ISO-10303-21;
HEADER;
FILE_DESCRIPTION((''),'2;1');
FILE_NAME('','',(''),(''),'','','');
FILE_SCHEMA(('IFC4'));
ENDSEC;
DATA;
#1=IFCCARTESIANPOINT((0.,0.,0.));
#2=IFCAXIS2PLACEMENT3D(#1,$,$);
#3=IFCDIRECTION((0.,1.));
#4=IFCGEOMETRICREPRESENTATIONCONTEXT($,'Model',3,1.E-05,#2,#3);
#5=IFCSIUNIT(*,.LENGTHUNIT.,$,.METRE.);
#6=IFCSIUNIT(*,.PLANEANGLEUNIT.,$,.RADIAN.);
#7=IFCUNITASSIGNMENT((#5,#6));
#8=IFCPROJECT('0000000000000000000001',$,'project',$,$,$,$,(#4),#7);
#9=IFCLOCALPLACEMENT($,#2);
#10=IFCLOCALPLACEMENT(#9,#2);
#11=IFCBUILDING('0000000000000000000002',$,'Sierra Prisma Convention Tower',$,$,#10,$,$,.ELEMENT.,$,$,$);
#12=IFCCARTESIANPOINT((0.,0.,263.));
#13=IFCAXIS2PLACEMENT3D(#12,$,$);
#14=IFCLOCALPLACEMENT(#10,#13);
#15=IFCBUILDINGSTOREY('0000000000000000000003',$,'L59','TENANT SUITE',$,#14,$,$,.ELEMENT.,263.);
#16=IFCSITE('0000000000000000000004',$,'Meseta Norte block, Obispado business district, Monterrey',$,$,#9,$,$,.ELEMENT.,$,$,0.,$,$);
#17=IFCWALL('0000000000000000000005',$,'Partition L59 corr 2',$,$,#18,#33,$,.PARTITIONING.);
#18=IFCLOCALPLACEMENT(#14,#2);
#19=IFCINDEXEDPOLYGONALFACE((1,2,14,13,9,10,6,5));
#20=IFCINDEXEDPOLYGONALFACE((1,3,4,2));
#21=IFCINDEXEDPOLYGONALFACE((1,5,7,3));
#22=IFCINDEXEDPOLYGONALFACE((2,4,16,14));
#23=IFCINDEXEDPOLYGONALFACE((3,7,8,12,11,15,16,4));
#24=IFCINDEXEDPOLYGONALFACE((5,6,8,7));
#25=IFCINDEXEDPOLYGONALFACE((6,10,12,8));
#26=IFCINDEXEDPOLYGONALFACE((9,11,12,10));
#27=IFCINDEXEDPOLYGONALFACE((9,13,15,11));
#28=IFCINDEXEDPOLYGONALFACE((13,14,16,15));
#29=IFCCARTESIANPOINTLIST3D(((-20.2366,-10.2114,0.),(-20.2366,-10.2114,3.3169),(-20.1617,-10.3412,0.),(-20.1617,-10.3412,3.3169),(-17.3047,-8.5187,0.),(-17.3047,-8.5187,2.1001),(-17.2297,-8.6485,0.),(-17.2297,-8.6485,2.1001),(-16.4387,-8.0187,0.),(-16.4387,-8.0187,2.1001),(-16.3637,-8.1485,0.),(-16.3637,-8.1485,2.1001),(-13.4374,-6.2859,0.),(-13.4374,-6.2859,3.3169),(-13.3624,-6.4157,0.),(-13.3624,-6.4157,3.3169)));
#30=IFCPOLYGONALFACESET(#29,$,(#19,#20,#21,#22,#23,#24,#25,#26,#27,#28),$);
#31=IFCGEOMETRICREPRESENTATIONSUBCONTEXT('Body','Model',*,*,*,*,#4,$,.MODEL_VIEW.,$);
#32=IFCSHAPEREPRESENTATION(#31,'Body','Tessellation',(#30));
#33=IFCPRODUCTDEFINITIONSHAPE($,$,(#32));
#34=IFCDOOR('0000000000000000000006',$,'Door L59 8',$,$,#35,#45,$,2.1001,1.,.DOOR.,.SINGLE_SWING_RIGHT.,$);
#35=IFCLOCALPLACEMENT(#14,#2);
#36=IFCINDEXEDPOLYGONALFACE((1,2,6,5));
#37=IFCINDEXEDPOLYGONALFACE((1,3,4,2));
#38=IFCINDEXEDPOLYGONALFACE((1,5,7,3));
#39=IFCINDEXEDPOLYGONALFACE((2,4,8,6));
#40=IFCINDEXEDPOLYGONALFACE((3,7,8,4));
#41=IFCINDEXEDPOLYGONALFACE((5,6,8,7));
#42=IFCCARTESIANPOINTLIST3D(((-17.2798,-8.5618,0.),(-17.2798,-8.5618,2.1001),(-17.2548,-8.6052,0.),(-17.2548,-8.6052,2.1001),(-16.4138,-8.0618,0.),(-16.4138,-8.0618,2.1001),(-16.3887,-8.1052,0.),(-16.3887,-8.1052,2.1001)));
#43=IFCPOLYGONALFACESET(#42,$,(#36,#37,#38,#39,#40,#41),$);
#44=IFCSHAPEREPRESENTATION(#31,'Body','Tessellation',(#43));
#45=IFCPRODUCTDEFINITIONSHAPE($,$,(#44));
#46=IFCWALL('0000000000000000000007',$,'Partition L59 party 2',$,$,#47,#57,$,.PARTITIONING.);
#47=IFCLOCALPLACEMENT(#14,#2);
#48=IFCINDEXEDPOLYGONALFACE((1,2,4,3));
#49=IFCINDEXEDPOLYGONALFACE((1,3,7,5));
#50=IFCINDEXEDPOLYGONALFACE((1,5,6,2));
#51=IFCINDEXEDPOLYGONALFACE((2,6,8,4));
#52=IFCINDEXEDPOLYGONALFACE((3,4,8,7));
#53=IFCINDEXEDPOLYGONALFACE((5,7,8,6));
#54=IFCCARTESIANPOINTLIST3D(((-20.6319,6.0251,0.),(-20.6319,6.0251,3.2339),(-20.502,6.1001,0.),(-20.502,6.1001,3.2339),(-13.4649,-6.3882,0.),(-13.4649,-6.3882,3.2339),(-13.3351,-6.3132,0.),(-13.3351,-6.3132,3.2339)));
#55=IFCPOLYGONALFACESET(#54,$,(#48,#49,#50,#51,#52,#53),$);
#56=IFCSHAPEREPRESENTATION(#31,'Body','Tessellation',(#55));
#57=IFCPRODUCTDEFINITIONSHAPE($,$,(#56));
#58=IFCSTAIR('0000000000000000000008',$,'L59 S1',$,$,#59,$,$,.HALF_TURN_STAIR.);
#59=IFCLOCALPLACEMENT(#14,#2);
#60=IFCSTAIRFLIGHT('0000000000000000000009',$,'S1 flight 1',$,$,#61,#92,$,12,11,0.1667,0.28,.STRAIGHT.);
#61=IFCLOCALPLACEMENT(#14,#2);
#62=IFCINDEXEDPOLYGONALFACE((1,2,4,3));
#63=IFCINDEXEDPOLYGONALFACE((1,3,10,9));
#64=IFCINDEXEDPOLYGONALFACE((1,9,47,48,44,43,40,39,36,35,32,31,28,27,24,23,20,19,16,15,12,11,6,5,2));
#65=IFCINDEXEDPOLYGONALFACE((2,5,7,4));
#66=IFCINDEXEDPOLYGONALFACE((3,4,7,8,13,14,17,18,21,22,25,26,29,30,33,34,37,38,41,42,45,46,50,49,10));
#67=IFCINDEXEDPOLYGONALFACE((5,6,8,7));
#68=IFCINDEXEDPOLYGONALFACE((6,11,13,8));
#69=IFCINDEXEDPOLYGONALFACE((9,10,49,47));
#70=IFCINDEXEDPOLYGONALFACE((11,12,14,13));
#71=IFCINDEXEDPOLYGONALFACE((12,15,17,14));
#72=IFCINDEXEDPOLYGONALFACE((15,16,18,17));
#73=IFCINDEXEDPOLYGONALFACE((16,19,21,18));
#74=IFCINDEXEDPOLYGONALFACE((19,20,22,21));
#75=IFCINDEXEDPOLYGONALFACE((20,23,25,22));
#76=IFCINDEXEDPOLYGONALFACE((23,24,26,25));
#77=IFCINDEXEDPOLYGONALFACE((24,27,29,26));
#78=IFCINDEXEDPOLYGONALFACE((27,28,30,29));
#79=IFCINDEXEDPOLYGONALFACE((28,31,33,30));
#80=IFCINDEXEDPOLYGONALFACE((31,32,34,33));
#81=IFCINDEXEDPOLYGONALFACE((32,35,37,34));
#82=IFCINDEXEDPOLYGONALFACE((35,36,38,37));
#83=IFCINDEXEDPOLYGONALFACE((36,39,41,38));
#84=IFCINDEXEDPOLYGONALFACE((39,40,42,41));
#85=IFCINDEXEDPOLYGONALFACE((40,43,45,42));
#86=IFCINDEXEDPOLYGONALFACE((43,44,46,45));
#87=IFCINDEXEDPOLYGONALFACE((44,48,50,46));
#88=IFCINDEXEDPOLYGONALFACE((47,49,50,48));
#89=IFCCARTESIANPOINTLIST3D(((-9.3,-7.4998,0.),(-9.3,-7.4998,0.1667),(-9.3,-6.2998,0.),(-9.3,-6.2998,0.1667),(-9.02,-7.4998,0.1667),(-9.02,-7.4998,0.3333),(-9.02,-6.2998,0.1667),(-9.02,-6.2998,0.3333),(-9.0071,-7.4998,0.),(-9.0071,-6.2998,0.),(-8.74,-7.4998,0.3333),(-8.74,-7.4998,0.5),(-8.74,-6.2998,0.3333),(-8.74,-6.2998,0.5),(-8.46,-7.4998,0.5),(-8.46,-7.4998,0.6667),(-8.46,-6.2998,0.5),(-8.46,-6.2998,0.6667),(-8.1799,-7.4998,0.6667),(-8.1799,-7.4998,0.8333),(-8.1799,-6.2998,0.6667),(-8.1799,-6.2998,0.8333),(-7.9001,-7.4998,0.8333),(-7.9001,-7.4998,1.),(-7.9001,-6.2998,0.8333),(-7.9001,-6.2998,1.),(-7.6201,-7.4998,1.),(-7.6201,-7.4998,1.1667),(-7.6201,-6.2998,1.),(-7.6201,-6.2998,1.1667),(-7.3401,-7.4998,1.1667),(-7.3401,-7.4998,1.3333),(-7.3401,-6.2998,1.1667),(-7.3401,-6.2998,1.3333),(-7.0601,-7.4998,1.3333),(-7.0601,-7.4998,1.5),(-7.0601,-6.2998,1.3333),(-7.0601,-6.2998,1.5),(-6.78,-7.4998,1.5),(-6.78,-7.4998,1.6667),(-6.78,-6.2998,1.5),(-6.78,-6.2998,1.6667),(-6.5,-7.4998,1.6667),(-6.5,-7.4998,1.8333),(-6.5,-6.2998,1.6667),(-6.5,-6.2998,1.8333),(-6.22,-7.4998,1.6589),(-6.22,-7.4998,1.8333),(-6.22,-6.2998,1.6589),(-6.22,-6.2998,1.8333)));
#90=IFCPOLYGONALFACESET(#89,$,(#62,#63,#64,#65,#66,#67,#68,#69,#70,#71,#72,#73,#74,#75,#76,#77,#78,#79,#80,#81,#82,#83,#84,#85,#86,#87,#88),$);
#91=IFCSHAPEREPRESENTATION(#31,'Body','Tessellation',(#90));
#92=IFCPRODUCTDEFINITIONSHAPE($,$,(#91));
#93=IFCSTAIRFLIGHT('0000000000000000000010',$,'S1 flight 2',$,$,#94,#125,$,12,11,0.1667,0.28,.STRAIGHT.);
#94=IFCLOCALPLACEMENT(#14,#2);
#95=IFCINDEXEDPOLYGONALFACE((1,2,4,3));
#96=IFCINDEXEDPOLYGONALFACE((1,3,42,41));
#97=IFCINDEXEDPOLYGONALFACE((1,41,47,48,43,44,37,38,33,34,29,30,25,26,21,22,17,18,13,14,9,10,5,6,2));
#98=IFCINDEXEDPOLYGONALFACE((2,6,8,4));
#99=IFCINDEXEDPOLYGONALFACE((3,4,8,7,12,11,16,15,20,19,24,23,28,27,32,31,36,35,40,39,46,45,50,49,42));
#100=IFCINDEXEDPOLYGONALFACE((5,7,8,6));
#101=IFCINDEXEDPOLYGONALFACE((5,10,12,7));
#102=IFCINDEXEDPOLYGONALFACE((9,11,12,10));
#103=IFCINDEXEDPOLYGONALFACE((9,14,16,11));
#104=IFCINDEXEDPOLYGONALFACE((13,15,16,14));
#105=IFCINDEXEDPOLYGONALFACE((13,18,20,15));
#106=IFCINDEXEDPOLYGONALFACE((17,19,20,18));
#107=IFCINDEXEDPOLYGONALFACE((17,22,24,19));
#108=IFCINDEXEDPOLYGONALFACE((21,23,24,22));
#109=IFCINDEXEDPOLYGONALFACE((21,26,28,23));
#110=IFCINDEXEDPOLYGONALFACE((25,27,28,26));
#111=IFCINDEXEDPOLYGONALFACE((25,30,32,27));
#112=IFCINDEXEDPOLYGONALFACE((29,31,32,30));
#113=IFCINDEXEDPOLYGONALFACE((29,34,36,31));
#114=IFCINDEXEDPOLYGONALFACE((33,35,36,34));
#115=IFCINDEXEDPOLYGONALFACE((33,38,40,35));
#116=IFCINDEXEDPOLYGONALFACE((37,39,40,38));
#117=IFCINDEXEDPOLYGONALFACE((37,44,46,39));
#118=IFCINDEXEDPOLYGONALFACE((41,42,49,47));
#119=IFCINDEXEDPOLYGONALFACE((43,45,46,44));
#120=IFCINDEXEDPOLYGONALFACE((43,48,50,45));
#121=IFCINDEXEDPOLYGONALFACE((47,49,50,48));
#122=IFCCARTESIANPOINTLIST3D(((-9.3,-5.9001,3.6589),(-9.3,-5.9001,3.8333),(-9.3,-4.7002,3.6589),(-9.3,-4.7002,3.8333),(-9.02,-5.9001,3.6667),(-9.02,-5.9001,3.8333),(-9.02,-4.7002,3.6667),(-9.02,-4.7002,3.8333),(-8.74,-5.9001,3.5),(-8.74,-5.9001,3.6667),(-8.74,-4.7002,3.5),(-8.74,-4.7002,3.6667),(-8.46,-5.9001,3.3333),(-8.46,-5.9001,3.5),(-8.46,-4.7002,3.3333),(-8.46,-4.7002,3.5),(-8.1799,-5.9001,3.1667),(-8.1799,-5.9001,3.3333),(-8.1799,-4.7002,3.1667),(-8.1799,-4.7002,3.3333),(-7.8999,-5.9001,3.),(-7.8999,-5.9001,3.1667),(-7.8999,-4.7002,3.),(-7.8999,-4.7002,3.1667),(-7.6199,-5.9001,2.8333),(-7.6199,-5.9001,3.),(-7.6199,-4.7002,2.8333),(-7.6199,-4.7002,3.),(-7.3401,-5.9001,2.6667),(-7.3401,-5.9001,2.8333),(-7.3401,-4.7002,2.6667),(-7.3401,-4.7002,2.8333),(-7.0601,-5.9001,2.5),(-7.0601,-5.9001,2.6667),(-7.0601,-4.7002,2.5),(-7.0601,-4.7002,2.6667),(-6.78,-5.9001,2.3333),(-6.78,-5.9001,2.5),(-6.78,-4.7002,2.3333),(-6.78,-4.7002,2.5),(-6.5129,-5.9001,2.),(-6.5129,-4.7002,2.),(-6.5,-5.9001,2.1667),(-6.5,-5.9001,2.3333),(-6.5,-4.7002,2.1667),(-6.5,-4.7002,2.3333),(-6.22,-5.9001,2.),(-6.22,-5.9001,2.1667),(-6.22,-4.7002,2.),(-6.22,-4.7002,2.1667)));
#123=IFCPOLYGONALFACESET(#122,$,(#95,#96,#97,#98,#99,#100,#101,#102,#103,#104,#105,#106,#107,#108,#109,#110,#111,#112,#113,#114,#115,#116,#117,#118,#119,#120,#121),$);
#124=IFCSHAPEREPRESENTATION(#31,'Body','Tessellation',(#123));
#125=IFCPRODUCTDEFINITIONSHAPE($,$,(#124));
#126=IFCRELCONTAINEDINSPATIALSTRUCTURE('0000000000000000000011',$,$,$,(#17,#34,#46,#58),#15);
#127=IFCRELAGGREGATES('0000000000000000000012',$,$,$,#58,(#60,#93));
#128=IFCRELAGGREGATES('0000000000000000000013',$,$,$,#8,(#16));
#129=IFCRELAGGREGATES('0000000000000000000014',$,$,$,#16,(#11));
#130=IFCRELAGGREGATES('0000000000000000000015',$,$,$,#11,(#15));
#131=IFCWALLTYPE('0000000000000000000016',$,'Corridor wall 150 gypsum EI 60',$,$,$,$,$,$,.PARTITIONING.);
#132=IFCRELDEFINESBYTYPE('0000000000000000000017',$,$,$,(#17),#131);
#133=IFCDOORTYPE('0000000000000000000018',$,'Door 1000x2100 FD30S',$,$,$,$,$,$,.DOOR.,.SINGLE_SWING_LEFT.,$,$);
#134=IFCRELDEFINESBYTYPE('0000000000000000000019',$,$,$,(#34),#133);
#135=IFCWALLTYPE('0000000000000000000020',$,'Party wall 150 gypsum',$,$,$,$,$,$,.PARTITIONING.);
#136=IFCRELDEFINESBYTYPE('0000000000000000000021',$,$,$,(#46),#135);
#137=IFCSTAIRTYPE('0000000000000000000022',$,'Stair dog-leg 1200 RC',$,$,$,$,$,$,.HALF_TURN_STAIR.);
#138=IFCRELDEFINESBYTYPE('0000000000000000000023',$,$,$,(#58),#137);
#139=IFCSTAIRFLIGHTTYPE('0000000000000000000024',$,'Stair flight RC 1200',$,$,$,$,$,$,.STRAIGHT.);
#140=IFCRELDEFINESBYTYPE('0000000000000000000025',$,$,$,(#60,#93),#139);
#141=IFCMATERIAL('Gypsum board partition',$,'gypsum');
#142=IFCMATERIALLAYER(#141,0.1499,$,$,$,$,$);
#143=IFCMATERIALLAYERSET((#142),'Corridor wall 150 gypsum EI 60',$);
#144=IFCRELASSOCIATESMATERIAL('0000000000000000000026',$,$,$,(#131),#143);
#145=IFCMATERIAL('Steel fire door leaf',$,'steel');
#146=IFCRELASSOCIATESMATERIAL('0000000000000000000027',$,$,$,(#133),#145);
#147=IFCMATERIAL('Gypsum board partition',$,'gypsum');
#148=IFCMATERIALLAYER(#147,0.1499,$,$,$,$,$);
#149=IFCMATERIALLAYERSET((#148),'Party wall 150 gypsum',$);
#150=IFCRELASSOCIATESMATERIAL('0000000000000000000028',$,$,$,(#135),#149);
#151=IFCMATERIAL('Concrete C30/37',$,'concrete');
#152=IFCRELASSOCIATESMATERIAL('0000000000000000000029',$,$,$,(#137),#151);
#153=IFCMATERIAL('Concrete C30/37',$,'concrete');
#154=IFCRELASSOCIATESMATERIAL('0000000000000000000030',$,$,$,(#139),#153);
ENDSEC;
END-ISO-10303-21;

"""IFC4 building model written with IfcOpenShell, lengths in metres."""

from ifc_helpers import new_model, si_unit, direction, frame, frame_2d, origin, place, context, subcontext, project, spatial, polyline, rectangle, outline, extrude, material, layer, layer_set, type_object, element, fill, aggregate, save


model = new_model("IFC4")

# Units and contexts
model_context = context("Model", 3, precision=1e-05, world=origin(), true_north=direction((0.0, 1.0)))
body_context = subcontext(model_context, "Body", "Model", "MODEL_VIEW")
ifc_project = project(units=[si_unit("LENGTHUNIT", "METRE"), si_unit("PLANEANGLEUNIT", "RADIAN")], contexts=[model_context])

# Site, building, storey
site_placement = place(None, origin())
site = spatial("IfcSite", under=ifc_project, at=site_placement, Name="Meseta Norte block, Obispado business district, Monterrey", CompositionType="ELEMENT", RefElevation=0.0)
building_placement = place(site_placement, origin())
building = spatial("IfcBuilding", under=site, at=building_placement, Name="Sierra Prisma Convention Tower", CompositionType="ELEMENT")
storey_placement = place(building_placement, frame((0.0, 0.0, 263.0)))
storey = spatial("IfcBuildingStorey", under=building, at=storey_placement, Name="L59", Description="TENANT SUITE", CompositionType="ELEMENT", Elevation=263.0)

# Wall, opening, door
ifc_material_1 = material(Name="Gypsum board partition", Category="gypsum")
ifc_layer_1 = layer(ifc_material_1, 0.1499)
ifc_layer_set_1 = layer_set([ifc_layer_1], Name="Corridor wall 150 gypsum EI 60")
wall_type_1 = type_object("IfcWallType", Name="Corridor wall 150 gypsum EI 60", PredefinedType="PARTITIONING", material=ifc_layer_set_1)
wall_1_placement = place(storey_placement, frame((-13.3999, -6.3508, 0.0), z_axis=(0.0, 0.0, 1.0), x_axis=(-0.866028, -0.499995, 0.0)))
wall_1 = element("IfcWall", 1, at=wall_1_placement, inside=storey, type_object=wall_type_1, Name="Partition L59 corr 2", PredefinedType="PARTITIONING", context=body_context, shape_type="SweptSolid", body=[
    extrude(rectangle(XDim=7.8511, YDim=0.1499, at=frame_2d((3.9255, 0.0))), origin(), (0.0, 0.0, 1.0), 3.3169),
])
opening_1_placement = place(wall_1_placement, frame((3.4656, 0.0, 0.0)))
opening_1 = element("IfcOpeningElement", 2, at=opening_1_placement, cuts=wall_1, PredefinedType="OPENING", context=body_context, shape_type="SweptSolid", body=[
    extrude(rectangle(XDim=1.0, YDim=2.1001, at=frame_2d((0.5, 1.05))), frame((0.0, 0.075, 0.0), z_axis=(0.0, -1.0, 0.0), x_axis=(1.0, 0.0, 0.0)), (0.0, 0.0, 1.0), 0.1499),
])
ifc_material_2 = material(Name="Steel fire door leaf", Category="steel")
door_type_1 = type_object("IfcDoorType", Name="Door 1000x2100 FD30S", OperationType="SINGLE_SWING_LEFT", PredefinedType="DOOR", material=ifc_material_2)
door_1_placement = place(opening_1_placement, origin())
door_1 = element("IfcDoor", 3, at=door_1_placement, inside=storey, type_object=door_type_1, Name="Door L59 8", OperationType="SINGLE_SWING_RIGHT", OverallHeight=2.1001, OverallWidth=1.0, PredefinedType="DOOR", context=body_context, shape_type="SweptSolid", body=[
    extrude(rectangle(XDim=1.0, YDim=2.1001, at=frame_2d((0.5, 1.05))), frame((0.0, 0.0249, 0.0), z_axis=(0.0, -1.0, 0.0), x_axis=(1.0, 0.0, 0.0)), (0.0, 0.0, 1.0), 0.05),
])
fill(opening_1, door_1)

# Wall
ifc_material_3 = material(Name="Gypsum board partition", Category="gypsum")
ifc_layer_2 = layer(ifc_material_3, 0.1499)
ifc_layer_set_2 = layer_set([ifc_layer_2], Name="Party wall 150 gypsum")
wall_type_2 = type_object("IfcWallType", Name="Party wall 150 gypsum", PredefinedType="PARTITIONING", material=ifc_layer_set_2)
wall_2_placement = place(storey_placement, frame((-13.3999, -6.3508, 0.0), z_axis=(0.0, 0.0, 1.0), x_axis=(-0.500008, 0.866021, 0.0)))
element("IfcWall", 4, at=wall_2_placement, inside=storey, type_object=wall_type_2, Name="Partition L59 party 2", PredefinedType="PARTITIONING", context=body_context, shape_type="SweptSolid", body=[
    extrude(rectangle(XDim=14.3337, YDim=0.1499, at=frame_2d((7.167, 0.0))), origin(), (0.0, 0.0, 1.0), 3.2339),
])

# Stair, stair flights
ifc_material_4 = material(Name="Concrete C30/37", Category="concrete")
stair_type = type_object("IfcStairType", Name="Stair dog-leg 1200 RC", PredefinedType="HALF_TURN_STAIR", material=ifc_material_4)
stair_placement = place(storey_placement, origin())
stair = element("IfcStair", 5, at=stair_placement, inside=storey, type_object=stair_type, Name="L59 S1", PredefinedType="HALF_TURN_STAIR")
ifc_material_5 = material(Name="Concrete C30/37", Category="concrete")
stair_flight_type = type_object("IfcStairFlightType", Name="Stair flight RC 1200", PredefinedType="STRAIGHT", material=ifc_material_5)
stair_flight_1_placement = place(storey_placement, frame((-9.3, -6.8999, 0.0), z_axis=(0.0, 0.0, 1.0), x_axis=(1.0, 0.0, 0.0)))
stair_flight_1 = element("IfcStairFlight", 6, at=stair_flight_1_placement, type_object=stair_flight_type, Name="S1 flight 1", NumberOfRisers=12, NumberOfTreads=11, PredefinedType="STRAIGHT", RiserHeight=0.1667, TreadLength=0.28, context=body_context, shape_type="SweptSolid", body=[
    extrude(outline(polyline([(0.0, 0.0), (0.0, 0.1667), (0.28, 0.1667), (0.28, 0.3333), (0.5601, 0.3333), (0.5601, 0.5), (0.8401, 0.5), (0.8401, 0.6667), (1.1201, 0.6667), (1.1201, 0.8333), (1.3999, 0.8333), (1.3999, 1.0), (1.6799, 1.0), (1.6799, 1.1667), (1.96, 1.1667), (1.96, 1.3333), (2.24, 1.3333), (2.24, 1.5), (2.52, 1.5), (2.52, 1.6667), (2.8, 1.6667), (2.8, 1.8333), (3.0801, 1.8333), (3.0801, 2.0), (3.0801, 1.6589), (0.293, 0.0), (0.0, 0.0)])), frame((0.0, 0.6001, 0.0), z_axis=(0.0, -1.0, 0.0), x_axis=(1.0, 0.0, 0.0)), (0.0, 0.0, 1.0), 1.2),
])
stair_flight_2_placement = place(storey_placement, frame((-6.22, -5.3, 2.0), z_axis=(0.0, 0.0, 1.0), x_axis=(-1.0, 0.0, 0.0)))
stair_flight_2 = element("IfcStairFlight", 7, at=stair_flight_2_placement, type_object=stair_flight_type, Name="S1 flight 2", NumberOfRisers=12, NumberOfTreads=11, PredefinedType="STRAIGHT", RiserHeight=0.1667, TreadLength=0.28, context=body_context, shape_type="SweptSolid", body=[
    extrude(outline(polyline([(0.0, 0.0), (0.0, 0.1667), (0.28, 0.1667), (0.28, 0.3333), (0.5601, 0.3333), (0.5601, 0.5), (0.8401, 0.5), (0.8401, 0.6667), (1.1201, 0.6667), (1.1201, 0.8333), (1.3999, 0.8333), (1.3999, 1.0), (1.6799, 1.0), (1.6799, 1.1667), (1.96, 1.1667), (1.96, 1.3333), (2.24, 1.3333), (2.24, 1.5), (2.52, 1.5), (2.52, 1.6667), (2.8, 1.6667), (2.8, 1.8333), (3.0801, 1.8333), (3.0801, 2.0), (3.0801, 1.6589), (0.293, 0.0), (0.0, 0.0)])), frame((0.0, 0.6001, 0.0), z_axis=(0.0, -1.0, 0.0), x_axis=(1.0, 0.0, 0.0)), (0.0, 0.0, 1.0), 1.2),
])
aggregate(stair, [stair_flight_1, stair_flight_2])

save(model, "model.ifc")
